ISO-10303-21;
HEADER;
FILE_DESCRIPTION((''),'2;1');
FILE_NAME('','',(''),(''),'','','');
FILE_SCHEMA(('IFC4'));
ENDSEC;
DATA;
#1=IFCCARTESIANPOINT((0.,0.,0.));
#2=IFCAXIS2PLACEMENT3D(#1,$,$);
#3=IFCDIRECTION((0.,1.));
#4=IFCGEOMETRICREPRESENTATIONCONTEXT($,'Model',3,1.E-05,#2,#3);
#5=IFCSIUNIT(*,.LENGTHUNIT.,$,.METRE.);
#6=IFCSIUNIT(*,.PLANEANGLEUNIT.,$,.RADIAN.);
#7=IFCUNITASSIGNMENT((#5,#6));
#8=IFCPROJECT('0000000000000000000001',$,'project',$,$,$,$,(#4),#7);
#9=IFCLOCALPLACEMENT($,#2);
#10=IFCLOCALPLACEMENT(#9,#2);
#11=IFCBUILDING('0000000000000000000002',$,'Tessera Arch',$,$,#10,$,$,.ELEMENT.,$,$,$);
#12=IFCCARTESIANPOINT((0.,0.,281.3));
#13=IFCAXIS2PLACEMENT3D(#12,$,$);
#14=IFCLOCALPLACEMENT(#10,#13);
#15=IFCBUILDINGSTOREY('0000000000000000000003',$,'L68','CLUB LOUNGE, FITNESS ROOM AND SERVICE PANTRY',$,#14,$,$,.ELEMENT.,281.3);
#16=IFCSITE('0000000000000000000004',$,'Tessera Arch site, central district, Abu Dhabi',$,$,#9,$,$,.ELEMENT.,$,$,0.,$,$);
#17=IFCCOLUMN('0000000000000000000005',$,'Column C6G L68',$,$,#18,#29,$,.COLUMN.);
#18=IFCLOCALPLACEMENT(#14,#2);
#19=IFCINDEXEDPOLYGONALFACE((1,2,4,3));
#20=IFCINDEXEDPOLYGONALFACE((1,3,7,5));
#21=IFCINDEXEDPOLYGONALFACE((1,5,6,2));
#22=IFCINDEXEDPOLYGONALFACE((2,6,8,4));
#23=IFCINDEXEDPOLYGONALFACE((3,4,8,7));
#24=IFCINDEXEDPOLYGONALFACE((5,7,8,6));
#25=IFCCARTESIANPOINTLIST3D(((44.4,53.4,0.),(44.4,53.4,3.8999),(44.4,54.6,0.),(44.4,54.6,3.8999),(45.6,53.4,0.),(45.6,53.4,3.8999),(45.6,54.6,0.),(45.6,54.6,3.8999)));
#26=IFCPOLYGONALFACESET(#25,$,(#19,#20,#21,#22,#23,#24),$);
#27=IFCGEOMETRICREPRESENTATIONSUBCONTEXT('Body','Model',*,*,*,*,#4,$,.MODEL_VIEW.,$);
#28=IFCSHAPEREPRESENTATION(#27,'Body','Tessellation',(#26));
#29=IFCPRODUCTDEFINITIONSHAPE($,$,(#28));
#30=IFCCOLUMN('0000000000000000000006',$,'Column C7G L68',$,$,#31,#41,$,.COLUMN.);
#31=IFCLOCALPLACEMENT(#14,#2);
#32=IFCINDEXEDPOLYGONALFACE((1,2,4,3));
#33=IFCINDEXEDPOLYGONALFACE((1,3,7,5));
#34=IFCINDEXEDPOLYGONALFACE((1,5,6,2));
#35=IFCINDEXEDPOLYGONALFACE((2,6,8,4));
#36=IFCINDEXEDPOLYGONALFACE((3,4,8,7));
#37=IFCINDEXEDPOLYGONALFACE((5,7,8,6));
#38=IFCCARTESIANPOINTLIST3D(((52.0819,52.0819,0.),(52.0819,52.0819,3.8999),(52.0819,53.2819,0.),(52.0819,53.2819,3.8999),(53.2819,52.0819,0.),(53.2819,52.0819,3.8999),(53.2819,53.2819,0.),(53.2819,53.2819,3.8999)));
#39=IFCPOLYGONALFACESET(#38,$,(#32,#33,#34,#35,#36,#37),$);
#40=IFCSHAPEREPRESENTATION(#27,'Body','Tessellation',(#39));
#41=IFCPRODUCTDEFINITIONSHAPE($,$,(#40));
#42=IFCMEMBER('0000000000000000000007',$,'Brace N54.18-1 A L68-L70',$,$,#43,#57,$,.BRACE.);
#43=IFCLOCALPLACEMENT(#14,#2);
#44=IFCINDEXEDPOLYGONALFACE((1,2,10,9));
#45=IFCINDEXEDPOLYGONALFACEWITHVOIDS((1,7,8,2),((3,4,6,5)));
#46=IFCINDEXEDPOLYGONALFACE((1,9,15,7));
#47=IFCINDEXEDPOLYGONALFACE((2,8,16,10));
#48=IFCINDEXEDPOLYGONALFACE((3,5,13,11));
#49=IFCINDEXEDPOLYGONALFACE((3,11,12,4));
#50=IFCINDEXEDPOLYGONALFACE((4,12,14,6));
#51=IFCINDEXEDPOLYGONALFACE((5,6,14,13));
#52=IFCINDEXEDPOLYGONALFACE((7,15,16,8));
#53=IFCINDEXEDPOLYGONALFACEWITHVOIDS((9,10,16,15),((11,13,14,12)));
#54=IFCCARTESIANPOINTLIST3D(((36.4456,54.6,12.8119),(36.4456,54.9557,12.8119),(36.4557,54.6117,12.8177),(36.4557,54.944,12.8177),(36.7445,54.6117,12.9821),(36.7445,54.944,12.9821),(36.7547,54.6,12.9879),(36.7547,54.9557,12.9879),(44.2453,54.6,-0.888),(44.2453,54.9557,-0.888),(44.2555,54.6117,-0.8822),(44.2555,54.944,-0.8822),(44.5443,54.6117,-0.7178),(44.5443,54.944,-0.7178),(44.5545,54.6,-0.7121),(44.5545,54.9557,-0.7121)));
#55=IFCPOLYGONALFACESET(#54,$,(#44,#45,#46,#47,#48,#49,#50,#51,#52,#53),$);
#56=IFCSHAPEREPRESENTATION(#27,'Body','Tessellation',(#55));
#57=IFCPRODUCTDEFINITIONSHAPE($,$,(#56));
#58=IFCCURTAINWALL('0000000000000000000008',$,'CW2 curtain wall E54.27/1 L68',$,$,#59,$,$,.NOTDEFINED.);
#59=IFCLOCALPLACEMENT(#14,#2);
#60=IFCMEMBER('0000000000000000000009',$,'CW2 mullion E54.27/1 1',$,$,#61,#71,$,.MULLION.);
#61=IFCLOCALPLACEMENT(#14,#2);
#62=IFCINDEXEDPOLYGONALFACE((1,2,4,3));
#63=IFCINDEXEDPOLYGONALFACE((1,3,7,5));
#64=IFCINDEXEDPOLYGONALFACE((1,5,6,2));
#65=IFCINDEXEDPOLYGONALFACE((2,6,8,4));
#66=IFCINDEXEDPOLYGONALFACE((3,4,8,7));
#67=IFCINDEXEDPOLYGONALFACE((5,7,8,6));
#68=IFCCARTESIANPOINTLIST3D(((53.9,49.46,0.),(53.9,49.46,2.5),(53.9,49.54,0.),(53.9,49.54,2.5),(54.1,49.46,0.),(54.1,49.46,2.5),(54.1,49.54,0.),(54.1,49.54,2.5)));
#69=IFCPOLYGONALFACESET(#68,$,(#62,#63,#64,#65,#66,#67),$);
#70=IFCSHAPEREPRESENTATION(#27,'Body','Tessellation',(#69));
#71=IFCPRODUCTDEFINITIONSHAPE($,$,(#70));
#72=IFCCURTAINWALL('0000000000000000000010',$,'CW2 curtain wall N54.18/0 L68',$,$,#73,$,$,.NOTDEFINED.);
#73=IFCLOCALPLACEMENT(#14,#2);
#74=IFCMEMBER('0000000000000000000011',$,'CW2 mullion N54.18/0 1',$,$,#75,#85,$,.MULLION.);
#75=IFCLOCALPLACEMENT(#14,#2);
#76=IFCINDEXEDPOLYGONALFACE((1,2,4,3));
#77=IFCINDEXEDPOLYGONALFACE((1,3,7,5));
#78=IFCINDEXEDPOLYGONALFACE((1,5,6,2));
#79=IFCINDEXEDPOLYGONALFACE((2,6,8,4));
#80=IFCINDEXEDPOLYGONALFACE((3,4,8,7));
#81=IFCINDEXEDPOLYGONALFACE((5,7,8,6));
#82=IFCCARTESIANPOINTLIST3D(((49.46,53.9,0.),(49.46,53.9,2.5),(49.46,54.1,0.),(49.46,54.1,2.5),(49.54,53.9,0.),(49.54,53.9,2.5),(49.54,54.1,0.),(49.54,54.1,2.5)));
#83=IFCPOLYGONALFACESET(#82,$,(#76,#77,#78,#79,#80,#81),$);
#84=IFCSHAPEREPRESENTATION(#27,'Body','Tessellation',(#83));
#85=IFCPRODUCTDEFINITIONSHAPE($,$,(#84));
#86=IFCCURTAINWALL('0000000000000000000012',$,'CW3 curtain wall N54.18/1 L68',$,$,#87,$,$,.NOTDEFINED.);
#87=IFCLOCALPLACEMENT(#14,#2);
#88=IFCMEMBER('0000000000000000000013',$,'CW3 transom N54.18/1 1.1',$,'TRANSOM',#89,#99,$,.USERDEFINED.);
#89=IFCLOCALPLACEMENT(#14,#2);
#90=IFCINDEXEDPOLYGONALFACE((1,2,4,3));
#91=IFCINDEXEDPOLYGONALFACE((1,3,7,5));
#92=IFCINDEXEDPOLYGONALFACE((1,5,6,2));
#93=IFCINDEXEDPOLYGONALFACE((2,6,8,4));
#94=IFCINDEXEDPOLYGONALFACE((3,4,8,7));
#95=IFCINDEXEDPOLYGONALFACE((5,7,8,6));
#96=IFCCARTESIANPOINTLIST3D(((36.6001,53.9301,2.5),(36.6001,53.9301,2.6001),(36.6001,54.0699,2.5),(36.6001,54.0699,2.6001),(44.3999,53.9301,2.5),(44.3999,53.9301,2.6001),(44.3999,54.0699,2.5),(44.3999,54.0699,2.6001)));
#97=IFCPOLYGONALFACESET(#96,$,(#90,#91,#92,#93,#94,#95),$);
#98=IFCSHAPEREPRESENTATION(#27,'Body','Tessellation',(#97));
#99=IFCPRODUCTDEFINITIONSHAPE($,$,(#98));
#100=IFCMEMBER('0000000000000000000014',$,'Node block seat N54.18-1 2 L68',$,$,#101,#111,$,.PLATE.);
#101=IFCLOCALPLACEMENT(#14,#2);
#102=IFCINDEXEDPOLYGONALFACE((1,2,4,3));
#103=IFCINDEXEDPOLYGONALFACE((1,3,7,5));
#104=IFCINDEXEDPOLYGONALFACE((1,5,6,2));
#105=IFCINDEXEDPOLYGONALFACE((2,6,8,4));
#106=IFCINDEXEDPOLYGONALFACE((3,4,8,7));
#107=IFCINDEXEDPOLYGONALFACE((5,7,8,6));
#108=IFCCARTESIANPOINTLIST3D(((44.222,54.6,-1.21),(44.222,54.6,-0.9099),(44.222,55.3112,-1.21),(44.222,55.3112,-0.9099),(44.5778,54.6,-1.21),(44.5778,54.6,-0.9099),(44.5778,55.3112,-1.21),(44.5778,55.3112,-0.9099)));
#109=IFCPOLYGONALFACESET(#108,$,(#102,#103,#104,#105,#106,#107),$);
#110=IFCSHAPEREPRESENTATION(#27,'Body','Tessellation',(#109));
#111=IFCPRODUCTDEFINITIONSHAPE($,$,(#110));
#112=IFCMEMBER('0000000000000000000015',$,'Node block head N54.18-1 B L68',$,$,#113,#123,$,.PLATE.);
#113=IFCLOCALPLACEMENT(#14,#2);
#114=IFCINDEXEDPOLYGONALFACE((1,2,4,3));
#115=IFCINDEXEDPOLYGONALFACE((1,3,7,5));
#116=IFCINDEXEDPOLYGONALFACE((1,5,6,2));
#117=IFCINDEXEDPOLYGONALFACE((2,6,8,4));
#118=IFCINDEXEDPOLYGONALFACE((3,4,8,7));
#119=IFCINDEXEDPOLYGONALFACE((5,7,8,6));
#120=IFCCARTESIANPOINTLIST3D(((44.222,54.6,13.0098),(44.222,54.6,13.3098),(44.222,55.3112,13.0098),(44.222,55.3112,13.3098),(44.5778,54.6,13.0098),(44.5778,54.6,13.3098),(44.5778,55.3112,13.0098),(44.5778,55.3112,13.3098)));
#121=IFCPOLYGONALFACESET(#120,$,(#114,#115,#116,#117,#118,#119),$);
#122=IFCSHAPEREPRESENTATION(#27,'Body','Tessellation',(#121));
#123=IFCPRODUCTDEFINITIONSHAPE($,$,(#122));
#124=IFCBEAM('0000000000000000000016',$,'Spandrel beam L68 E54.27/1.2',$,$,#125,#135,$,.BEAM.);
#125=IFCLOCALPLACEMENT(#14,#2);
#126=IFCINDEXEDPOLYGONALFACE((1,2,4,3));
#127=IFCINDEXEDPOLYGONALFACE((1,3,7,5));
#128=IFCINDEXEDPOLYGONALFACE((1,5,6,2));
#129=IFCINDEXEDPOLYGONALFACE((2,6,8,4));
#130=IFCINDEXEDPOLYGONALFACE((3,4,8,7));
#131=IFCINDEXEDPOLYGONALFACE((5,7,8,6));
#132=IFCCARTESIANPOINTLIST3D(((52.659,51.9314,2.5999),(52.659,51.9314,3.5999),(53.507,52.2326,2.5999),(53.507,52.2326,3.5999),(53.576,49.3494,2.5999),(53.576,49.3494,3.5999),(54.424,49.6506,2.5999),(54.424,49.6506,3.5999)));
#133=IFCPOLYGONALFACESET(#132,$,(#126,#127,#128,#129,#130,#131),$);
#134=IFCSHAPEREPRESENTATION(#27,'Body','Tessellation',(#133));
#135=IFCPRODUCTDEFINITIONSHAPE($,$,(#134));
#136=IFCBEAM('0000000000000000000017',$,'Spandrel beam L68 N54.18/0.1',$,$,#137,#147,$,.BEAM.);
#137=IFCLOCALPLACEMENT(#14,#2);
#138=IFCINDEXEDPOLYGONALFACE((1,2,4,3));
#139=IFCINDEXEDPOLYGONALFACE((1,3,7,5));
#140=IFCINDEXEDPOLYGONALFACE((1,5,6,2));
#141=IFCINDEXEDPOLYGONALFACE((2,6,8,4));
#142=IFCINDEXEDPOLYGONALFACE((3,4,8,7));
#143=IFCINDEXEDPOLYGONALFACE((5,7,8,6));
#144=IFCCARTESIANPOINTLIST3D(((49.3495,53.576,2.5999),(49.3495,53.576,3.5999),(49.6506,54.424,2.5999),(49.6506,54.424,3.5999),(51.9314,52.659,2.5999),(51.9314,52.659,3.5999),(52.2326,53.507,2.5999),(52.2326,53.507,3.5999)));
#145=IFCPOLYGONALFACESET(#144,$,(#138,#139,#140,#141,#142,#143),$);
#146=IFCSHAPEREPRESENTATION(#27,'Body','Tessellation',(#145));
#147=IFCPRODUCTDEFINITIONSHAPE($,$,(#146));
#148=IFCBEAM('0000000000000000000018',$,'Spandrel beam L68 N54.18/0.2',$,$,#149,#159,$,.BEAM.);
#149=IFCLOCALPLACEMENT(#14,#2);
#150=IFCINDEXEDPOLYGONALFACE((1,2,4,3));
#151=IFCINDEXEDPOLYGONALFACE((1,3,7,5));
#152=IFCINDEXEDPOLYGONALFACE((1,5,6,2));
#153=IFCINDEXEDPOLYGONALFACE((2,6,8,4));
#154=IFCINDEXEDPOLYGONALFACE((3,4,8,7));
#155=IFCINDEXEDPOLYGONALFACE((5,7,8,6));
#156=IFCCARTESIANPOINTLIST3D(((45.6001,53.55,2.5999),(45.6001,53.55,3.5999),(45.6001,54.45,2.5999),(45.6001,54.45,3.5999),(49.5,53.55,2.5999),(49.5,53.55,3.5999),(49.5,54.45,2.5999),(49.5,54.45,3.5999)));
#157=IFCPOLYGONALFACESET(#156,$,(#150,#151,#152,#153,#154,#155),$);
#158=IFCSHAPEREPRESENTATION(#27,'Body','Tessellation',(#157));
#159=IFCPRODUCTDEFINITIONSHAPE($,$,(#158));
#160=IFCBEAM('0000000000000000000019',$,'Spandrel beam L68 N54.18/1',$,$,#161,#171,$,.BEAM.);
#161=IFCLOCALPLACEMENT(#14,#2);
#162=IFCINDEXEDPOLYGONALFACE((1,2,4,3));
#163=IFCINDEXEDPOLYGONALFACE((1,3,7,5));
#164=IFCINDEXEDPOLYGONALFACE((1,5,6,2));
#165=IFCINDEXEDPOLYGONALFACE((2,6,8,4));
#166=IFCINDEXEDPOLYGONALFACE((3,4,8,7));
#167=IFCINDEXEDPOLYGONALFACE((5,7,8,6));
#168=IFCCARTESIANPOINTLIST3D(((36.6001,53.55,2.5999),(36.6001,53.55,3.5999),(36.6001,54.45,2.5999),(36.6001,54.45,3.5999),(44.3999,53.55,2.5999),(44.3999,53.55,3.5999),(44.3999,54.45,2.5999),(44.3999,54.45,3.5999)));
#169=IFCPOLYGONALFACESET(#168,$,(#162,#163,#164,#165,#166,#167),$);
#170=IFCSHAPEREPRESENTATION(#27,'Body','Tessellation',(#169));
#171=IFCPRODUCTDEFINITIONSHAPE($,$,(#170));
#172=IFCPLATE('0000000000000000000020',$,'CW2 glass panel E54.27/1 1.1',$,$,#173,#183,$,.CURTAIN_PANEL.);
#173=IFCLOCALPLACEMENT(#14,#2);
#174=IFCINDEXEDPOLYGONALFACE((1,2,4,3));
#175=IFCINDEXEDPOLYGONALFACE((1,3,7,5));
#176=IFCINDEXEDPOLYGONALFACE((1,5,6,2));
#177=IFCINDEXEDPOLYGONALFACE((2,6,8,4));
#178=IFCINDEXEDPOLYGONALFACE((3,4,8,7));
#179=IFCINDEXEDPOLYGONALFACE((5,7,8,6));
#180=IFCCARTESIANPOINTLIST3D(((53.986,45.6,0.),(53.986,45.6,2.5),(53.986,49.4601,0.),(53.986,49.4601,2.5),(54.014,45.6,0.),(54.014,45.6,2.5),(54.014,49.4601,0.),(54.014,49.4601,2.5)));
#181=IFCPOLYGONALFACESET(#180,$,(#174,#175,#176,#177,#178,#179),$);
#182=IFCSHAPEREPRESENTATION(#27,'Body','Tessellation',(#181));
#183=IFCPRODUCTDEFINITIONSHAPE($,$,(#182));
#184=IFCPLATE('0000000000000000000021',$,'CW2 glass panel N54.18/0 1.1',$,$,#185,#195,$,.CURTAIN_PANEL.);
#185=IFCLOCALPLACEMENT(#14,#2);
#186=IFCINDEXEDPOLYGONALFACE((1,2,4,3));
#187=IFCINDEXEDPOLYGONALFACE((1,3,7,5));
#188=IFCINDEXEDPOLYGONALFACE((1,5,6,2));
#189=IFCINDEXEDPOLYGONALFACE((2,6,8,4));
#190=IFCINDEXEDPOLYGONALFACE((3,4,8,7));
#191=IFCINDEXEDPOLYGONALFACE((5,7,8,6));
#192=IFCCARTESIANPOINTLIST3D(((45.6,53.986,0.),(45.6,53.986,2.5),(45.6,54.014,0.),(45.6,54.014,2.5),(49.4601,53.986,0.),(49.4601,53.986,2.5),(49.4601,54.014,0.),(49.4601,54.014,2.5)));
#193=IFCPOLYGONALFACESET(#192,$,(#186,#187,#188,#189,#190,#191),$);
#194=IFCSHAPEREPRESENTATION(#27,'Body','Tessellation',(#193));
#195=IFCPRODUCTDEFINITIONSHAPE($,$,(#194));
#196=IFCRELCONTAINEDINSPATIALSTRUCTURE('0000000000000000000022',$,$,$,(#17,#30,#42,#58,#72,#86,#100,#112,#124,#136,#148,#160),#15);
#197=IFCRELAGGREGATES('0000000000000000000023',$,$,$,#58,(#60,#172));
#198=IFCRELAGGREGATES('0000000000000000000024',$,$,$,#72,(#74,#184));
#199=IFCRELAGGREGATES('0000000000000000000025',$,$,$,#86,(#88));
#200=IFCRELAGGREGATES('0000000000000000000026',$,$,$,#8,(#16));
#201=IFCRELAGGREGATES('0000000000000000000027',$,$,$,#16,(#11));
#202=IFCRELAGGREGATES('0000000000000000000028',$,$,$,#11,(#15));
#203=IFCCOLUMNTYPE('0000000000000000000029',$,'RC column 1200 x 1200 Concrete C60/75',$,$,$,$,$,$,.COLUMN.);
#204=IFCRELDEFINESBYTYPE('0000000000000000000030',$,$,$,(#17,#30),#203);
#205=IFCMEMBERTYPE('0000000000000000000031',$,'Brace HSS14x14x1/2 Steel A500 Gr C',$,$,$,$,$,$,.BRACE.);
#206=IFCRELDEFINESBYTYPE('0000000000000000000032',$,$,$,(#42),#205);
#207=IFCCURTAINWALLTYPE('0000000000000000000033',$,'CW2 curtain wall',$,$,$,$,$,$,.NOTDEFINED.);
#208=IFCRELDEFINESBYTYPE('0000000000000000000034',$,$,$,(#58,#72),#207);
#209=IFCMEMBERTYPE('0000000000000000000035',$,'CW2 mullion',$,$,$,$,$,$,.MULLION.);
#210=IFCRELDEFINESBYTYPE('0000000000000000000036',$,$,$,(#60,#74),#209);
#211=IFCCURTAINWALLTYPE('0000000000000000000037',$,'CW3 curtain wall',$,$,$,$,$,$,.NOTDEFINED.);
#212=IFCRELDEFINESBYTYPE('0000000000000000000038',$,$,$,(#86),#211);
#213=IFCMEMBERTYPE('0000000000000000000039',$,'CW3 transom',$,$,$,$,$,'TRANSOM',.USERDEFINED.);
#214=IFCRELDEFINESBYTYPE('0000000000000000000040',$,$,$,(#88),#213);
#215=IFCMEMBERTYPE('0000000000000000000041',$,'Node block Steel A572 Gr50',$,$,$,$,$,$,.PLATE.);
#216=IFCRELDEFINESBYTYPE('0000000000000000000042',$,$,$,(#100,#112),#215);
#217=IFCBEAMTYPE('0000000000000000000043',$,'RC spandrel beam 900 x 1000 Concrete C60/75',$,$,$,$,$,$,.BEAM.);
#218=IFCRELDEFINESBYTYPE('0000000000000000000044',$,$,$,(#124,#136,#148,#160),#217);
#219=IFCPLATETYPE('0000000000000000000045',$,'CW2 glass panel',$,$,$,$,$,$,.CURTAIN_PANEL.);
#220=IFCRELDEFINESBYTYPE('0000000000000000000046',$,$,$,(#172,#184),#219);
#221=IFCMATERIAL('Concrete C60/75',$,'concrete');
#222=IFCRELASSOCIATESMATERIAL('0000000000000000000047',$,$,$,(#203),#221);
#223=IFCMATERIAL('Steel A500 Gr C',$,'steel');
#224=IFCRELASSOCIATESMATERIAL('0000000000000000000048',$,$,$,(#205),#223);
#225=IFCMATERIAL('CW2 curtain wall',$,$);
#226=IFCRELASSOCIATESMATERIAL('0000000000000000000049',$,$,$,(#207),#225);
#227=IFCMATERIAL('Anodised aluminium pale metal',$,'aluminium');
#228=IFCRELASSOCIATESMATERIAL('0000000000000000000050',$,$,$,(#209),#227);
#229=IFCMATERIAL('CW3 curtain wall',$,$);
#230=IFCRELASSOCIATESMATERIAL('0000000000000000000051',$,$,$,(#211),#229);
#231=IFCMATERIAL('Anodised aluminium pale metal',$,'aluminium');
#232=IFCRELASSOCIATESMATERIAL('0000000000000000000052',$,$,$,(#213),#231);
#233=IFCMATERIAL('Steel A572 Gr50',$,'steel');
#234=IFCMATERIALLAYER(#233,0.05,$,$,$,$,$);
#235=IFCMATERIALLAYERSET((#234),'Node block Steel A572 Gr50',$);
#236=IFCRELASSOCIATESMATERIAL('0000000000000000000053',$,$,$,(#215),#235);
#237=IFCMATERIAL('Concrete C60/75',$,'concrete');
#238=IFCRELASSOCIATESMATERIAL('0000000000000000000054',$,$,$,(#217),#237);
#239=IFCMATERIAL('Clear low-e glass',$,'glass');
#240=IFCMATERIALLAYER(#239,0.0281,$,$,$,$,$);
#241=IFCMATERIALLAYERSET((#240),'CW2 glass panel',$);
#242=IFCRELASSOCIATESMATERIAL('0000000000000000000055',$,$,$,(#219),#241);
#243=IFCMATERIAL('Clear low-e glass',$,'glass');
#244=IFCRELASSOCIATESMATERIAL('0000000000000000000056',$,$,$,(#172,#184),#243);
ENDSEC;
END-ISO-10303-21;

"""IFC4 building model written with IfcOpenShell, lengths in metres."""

from ifc_helpers import new_model, si_unit, direction, frame, origin, origin_2d, place, context, subcontext, project, spatial, rectangle, hollow_rectangle, extrude, material, layer, layer_set, material_profile, profile_set, type_object, element, aggregate, save


model = new_model("IFC4")

# Units and contexts
model_context = context("Model", 3, precision=1e-05, world=origin(), true_north=direction((0.0, 1.0)))
body_context = subcontext(model_context, "Body", "Model", "MODEL_VIEW")
ifc_project = project(units=[si_unit("LENGTHUNIT", "METRE"), si_unit("PLANEANGLEUNIT", "RADIAN")], contexts=[model_context])

# Site, building, storey
site_placement = place(None, origin())
site = spatial("IfcSite", under=ifc_project, at=site_placement, Name="Tessera Arch site, central district, Abu Dhabi", CompositionType="ELEMENT", RefElevation=0.0)
building_placement = place(site_placement, origin())
building = spatial("IfcBuilding", under=site, at=building_placement, Name="Tessera Arch", CompositionType="ELEMENT")
storey_placement = place(building_placement, frame((0.0, 0.0, 281.3)))
storey = spatial("IfcBuildingStorey", under=building, at=storey_placement, Name="L68", Description="CLUB LOUNGE, FITNESS ROOM AND SERVICE PANTRY", CompositionType="ELEMENT", Elevation=281.3)

# Columns
ifc_material_1 = material(Name="Concrete C60/75", Category="concrete")
ifc_material_profile_1 = material_profile(ifc_material_1, rectangle(XDim=1.2, YDim=1.2, at=origin_2d()), Name="RC column 1200 x 1200 Concrete C60/75")
ifc_profile_set_1 = profile_set([ifc_material_profile_1], Name="Concrete C60/75")
column_type = type_object("IfcColumnType", Name="RC column 1200 x 1200 Concrete C60/75", PredefinedType="COLUMN", material=ifc_profile_set_1)
for number, where, z_axis, x_axis, name in (
    (1, (45.0, 54.0, 0.0), (0.0, 0.0, 1.0), (1.0, 0.0, 0.0), "Column C6G L68"),
    (2, (52.6819, 52.6819, 0.0), (0.0, 0.0, 1.0), (1.0, 0.0, 0.0), "Column C7G L68"),
):
    element("IfcColumn", number, at=place(storey_placement, frame(where, z_axis=z_axis, x_axis=x_axis)), inside=storey, type_object=column_type, Name=name, PredefinedType="COLUMN", context=body_context, shape_type="SweptSolid", body=[
        extrude(rectangle(XDim=1.2, YDim=1.2, at=origin_2d()), origin(), (0.0, 0.0, 1.0), 3.8999),
    ])

# Member
ifc_material_2 = material(Name="Steel A500 Gr C", Category="steel")
ifc_material_profile_2 = material_profile(ifc_material_2, hollow_rectangle(XDim=0.3557, YDim=0.3557, WallThickness=0.0117, at=origin_2d()), Name="HSS14x14x1/2")
ifc_profile_set_2 = profile_set([ifc_material_profile_2], Name="Steel A500 Gr C")
member_type_1 = type_object("IfcMemberType", Name="Brace HSS14x14x1/2 Steel A500 Gr C", PredefinedType="BRACE", material=ifc_profile_set_2)
member_1_placement = place(storey_placement, frame((44.3999, 54.7778, -0.8), z_axis=(-0.494764, 0.0, 0.869027), x_axis=(0.0, -1.0, 0.0)))
element("IfcMember", 3, at=member_1_placement, inside=storey, type_object=member_type_1, Name="Brace N54.18-1 A L68-L70", PredefinedType="BRACE", context=body_context, shape_type="SweptSolid", body=[
    extrude(hollow_rectangle(XDim=0.3557, YDim=0.3557, WallThickness=0.0117, at=origin_2d()), origin(), (0.0, 0.0, 1.0), 15.7646),
])

# Curtain walls, members
ifc_material_3 = material(Name="CW2 curtain wall")
curtain_wall_type_1 = type_object("IfcCurtainWallType", Name="CW2 curtain wall", PredefinedType="NOTDEFINED", material=ifc_material_3)
curtain_wall_1_placement = place(storey_placement, origin())
curtain_wall_1 = element("IfcCurtainWall", 4, at=curtain_wall_1_placement, inside=storey, type_object=curtain_wall_type_1, Name="CW2 curtain wall E54.27/1 L68", PredefinedType="NOTDEFINED")
ifc_material_4 = material(Name="Anodised aluminium pale metal", Category="aluminium")
ifc_material_profile_3 = material_profile(ifc_material_4, rectangle(XDim=0.2, YDim=0.0801, at=origin_2d()), Name="AL 80x200")
ifc_profile_set_3 = profile_set([ifc_material_profile_3], Name="Anodised aluminium pale metal")
member_type_2 = type_object("IfcMemberType", Name="CW2 mullion", PredefinedType="MULLION", material=ifc_profile_set_3)
member_2_placement = place(storey_placement, frame((54.0, 49.5, 0.0), z_axis=(0.0, 0.0, 1.0), x_axis=(-1.0, 0.0, 0.0)))
member_2 = element("IfcMember", 5, at=member_2_placement, type_object=member_type_2, Name="CW2 mullion E54.27/1 1", PredefinedType="MULLION", context=body_context, shape_type="SweptSolid", body=[
    extrude(rectangle(XDim=0.2, YDim=0.0801, at=origin_2d()), origin(), (0.0, 0.0, 1.0), 2.5),
])
curtain_wall_2_placement = place(storey_placement, origin())
curtain_wall_2 = element("IfcCurtainWall", 6, at=curtain_wall_2_placement, inside=storey, type_object=curtain_wall_type_1, Name="CW2 curtain wall N54.18/0 L68", PredefinedType="NOTDEFINED")
member_3_placement = place(storey_placement, frame((49.5, 54.0, 0.0), z_axis=(0.0, 0.0, 1.0), x_axis=(0.0, -1.0, 0.0)))
member_3 = element("IfcMember", 7, at=member_3_placement, type_object=member_type_2, Name="CW2 mullion N54.18/0 1", PredefinedType="MULLION", context=body_context, shape_type="SweptSolid", body=[
    extrude(rectangle(XDim=0.2, YDim=0.0801, at=origin_2d()), origin(), (0.0, 0.0, 1.0), 2.5),
])
ifc_material_5 = material(Name="CW3 curtain wall")
curtain_wall_type_2 = type_object("IfcCurtainWallType", Name="CW3 curtain wall", PredefinedType="NOTDEFINED", material=ifc_material_5)
curtain_wall_3_placement = place(storey_placement, origin())
curtain_wall_3 = element("IfcCurtainWall", 8, at=curtain_wall_3_placement, inside=storey, type_object=curtain_wall_type_2, Name="CW3 curtain wall N54.18/1 L68", PredefinedType="NOTDEFINED")
ifc_material_6 = material(Name="Anodised aluminium pale metal", Category="aluminium")
ifc_material_profile_4 = material_profile(ifc_material_6, rectangle(XDim=0.1399, YDim=0.1001, at=origin_2d()), Name="AL 140x100")
ifc_profile_set_4 = profile_set([ifc_material_profile_4], Name="Anodised aluminium pale metal")
member_type_3 = type_object("IfcMemberType", Name="CW3 transom", ElementType="TRANSOM", PredefinedType="USERDEFINED", material=ifc_profile_set_4)
member_4_placement = place(storey_placement, frame((44.3999, 54.0, 2.55), z_axis=(-1.0, 0.0, 0.0), x_axis=(0.0, -1.0, 0.0)))
member_4 = element("IfcMember", 9, at=member_4_placement, type_object=member_type_3, Name="CW3 transom N54.18/1 1.1", ObjectType="TRANSOM", PredefinedType="USERDEFINED", context=body_context, shape_type="SweptSolid", body=[
    extrude(rectangle(XDim=0.1399, YDim=0.1001, at=origin_2d()), origin(), (0.0, 0.0, 1.0), 7.7998),
])

# Members
ifc_material_7 = material(Name="Steel A572 Gr50", Category="steel")
ifc_layer_1 = layer(ifc_material_7, 0.05)
ifc_layer_set_1 = layer_set([ifc_layer_1], Name="Node block Steel A572 Gr50")
member_type_4 = type_object("IfcMemberType", Name="Node block Steel A572 Gr50", PredefinedType="PLATE", material=ifc_layer_set_1)
for number, where, z_axis, x_axis, name in (
    (10, (44.3999, 54.9556, -1.21), (0.0, 0.0, 1.0), (-1.0, 0.0, 0.0), "Node block seat N54.18-1 2 L68"),
    (11, (44.3999, 54.9556, 13.0098), (0.0, 0.0, 1.0), (-1.0, 0.0, 0.0), "Node block head N54.18-1 B L68"),
):
    element("IfcMember", number, at=place(storey_placement, frame(where, z_axis=z_axis, x_axis=x_axis)), inside=storey, type_object=member_type_4, Name=name, PredefinedType="PLATE", context=body_context, shape_type="SweptSolid", body=[
        extrude(rectangle(XDim=0.3557, YDim=0.7112, at=origin_2d()), origin(), (0.0, 0.0, 1.0), 0.3),
    ])

# Beams
ifc_material_8 = material(Name="Concrete C60/75", Category="concrete")
ifc_material_profile_5 = material_profile(ifc_material_8, rectangle(XDim=0.8999, YDim=1.0, at=origin_2d()), Name="RC spandrel beam 900 x 1000 Concrete C60/75")
ifc_profile_set_5 = profile_set([ifc_material_profile_5], Name="Concrete C60/75")
beam_type = type_object("IfcBeamType", Name="RC spandrel beam 900 x 1000 Concrete C60/75", PredefinedType="BEAM", material=ifc_profile_set_5)
for number, where, z_axis, x_axis, name in (
    (12, (54.0, 49.5, 3.0999), (-0.334665, 0.942337, 0.0), (-0.942337, -0.334665, 0.0), "Spandrel beam L68 E54.27/1.2"),
    (13, (52.082, 53.083, 3.0999), (-0.942337, 0.334665, 0.0), (-0.334665, -0.942337, 0.0), "Spandrel beam L68 N54.18/0.1"),
):
    element("IfcBeam", number, at=place(storey_placement, frame(where, z_axis=z_axis, x_axis=x_axis)), inside=storey, type_object=beam_type, Name=name, PredefinedType="BEAM", context=body_context, shape_type="SweptSolid", body=[
        extrude(rectangle(XDim=0.8999, YDim=1.0, at=origin_2d()), origin(), (0.0, 0.0, 1.0), 2.74),
    ])
beam_1_placement = place(storey_placement, frame((49.5, 54.0, 3.0999), z_axis=(-1.0, 0.0, 0.0), x_axis=(0.0, -1.0, 0.0)))
element("IfcBeam", 14, at=beam_1_placement, inside=storey, type_object=beam_type, Name="Spandrel beam L68 N54.18/0.2", PredefinedType="BEAM", context=body_context, shape_type="SweptSolid", body=[
    extrude(rectangle(XDim=0.8999, YDim=1.0, at=origin_2d()), origin(), (0.0, 0.0, 1.0), 3.8999),
])
beam_2_placement = place(storey_placement, frame((44.3999, 54.0, 3.0999), z_axis=(-1.0, 0.0, 0.0), x_axis=(0.0, -1.0, 0.0)))
element("IfcBeam", 15, at=beam_2_placement, inside=storey, type_object=beam_type, Name="Spandrel beam L68 N54.18/1", PredefinedType="BEAM", context=body_context, shape_type="SweptSolid", body=[
    extrude(rectangle(XDim=0.8999, YDim=1.0, at=origin_2d()), origin(), (0.0, 0.0, 1.0), 7.7998),
])

# Plates
ifc_material_9 = material(Name="Clear low-e glass", Category="glass")
ifc_material_10 = material(Name="Clear low-e glass", Category="glass")
ifc_layer_2 = layer(ifc_material_10, 0.0281)
ifc_layer_set_2 = layer_set([ifc_layer_2], Name="CW2 glass panel")
plate_type_1 = type_object("IfcPlateType", Name="CW2 glass panel", PredefinedType="CURTAIN_PANEL", material=ifc_layer_set_2)
plate_1_placement = place(storey_placement, frame((54.0, 47.53, 0.0), z_axis=(0.0, 0.0, 1.0), x_axis=(0.0, 1.0, 0.0)))
plate_1 = element("IfcPlate", 16, at=plate_1_placement, type_object=plate_type_1, material=ifc_material_9, Name="CW2 glass panel E54.27/1 1.1", PredefinedType="CURTAIN_PANEL", context=body_context, shape_type="SweptSolid", body=[
    extrude(rectangle(XDim=3.8601, YDim=0.0281, at=origin_2d()), origin(), (0.0, 0.0, 1.0), 2.5),
])
aggregate(curtain_wall_1, [member_2, plate_1])
plate_2_placement = place(storey_placement, frame((47.53, 54.0, 0.0), z_axis=(0.0, 0.0, 1.0), x_axis=(-1.0, 0.0, 0.0)))
plate_2 = element("IfcPlate", 17, at=plate_2_placement, type_object=plate_type_1, material=ifc_material_9, Name="CW2 glass panel N54.18/0 1.1", PredefinedType="CURTAIN_PANEL", context=body_context, shape_type="SweptSolid", body=[
    extrude(rectangle(XDim=3.8601, YDim=0.0281, at=origin_2d()), origin(), (0.0, 0.0, 1.0), 2.5),
])
aggregate(curtain_wall_2, [member_3, plate_2])
aggregate(curtain_wall_3, [member_4])

save(model, "model.ifc")
